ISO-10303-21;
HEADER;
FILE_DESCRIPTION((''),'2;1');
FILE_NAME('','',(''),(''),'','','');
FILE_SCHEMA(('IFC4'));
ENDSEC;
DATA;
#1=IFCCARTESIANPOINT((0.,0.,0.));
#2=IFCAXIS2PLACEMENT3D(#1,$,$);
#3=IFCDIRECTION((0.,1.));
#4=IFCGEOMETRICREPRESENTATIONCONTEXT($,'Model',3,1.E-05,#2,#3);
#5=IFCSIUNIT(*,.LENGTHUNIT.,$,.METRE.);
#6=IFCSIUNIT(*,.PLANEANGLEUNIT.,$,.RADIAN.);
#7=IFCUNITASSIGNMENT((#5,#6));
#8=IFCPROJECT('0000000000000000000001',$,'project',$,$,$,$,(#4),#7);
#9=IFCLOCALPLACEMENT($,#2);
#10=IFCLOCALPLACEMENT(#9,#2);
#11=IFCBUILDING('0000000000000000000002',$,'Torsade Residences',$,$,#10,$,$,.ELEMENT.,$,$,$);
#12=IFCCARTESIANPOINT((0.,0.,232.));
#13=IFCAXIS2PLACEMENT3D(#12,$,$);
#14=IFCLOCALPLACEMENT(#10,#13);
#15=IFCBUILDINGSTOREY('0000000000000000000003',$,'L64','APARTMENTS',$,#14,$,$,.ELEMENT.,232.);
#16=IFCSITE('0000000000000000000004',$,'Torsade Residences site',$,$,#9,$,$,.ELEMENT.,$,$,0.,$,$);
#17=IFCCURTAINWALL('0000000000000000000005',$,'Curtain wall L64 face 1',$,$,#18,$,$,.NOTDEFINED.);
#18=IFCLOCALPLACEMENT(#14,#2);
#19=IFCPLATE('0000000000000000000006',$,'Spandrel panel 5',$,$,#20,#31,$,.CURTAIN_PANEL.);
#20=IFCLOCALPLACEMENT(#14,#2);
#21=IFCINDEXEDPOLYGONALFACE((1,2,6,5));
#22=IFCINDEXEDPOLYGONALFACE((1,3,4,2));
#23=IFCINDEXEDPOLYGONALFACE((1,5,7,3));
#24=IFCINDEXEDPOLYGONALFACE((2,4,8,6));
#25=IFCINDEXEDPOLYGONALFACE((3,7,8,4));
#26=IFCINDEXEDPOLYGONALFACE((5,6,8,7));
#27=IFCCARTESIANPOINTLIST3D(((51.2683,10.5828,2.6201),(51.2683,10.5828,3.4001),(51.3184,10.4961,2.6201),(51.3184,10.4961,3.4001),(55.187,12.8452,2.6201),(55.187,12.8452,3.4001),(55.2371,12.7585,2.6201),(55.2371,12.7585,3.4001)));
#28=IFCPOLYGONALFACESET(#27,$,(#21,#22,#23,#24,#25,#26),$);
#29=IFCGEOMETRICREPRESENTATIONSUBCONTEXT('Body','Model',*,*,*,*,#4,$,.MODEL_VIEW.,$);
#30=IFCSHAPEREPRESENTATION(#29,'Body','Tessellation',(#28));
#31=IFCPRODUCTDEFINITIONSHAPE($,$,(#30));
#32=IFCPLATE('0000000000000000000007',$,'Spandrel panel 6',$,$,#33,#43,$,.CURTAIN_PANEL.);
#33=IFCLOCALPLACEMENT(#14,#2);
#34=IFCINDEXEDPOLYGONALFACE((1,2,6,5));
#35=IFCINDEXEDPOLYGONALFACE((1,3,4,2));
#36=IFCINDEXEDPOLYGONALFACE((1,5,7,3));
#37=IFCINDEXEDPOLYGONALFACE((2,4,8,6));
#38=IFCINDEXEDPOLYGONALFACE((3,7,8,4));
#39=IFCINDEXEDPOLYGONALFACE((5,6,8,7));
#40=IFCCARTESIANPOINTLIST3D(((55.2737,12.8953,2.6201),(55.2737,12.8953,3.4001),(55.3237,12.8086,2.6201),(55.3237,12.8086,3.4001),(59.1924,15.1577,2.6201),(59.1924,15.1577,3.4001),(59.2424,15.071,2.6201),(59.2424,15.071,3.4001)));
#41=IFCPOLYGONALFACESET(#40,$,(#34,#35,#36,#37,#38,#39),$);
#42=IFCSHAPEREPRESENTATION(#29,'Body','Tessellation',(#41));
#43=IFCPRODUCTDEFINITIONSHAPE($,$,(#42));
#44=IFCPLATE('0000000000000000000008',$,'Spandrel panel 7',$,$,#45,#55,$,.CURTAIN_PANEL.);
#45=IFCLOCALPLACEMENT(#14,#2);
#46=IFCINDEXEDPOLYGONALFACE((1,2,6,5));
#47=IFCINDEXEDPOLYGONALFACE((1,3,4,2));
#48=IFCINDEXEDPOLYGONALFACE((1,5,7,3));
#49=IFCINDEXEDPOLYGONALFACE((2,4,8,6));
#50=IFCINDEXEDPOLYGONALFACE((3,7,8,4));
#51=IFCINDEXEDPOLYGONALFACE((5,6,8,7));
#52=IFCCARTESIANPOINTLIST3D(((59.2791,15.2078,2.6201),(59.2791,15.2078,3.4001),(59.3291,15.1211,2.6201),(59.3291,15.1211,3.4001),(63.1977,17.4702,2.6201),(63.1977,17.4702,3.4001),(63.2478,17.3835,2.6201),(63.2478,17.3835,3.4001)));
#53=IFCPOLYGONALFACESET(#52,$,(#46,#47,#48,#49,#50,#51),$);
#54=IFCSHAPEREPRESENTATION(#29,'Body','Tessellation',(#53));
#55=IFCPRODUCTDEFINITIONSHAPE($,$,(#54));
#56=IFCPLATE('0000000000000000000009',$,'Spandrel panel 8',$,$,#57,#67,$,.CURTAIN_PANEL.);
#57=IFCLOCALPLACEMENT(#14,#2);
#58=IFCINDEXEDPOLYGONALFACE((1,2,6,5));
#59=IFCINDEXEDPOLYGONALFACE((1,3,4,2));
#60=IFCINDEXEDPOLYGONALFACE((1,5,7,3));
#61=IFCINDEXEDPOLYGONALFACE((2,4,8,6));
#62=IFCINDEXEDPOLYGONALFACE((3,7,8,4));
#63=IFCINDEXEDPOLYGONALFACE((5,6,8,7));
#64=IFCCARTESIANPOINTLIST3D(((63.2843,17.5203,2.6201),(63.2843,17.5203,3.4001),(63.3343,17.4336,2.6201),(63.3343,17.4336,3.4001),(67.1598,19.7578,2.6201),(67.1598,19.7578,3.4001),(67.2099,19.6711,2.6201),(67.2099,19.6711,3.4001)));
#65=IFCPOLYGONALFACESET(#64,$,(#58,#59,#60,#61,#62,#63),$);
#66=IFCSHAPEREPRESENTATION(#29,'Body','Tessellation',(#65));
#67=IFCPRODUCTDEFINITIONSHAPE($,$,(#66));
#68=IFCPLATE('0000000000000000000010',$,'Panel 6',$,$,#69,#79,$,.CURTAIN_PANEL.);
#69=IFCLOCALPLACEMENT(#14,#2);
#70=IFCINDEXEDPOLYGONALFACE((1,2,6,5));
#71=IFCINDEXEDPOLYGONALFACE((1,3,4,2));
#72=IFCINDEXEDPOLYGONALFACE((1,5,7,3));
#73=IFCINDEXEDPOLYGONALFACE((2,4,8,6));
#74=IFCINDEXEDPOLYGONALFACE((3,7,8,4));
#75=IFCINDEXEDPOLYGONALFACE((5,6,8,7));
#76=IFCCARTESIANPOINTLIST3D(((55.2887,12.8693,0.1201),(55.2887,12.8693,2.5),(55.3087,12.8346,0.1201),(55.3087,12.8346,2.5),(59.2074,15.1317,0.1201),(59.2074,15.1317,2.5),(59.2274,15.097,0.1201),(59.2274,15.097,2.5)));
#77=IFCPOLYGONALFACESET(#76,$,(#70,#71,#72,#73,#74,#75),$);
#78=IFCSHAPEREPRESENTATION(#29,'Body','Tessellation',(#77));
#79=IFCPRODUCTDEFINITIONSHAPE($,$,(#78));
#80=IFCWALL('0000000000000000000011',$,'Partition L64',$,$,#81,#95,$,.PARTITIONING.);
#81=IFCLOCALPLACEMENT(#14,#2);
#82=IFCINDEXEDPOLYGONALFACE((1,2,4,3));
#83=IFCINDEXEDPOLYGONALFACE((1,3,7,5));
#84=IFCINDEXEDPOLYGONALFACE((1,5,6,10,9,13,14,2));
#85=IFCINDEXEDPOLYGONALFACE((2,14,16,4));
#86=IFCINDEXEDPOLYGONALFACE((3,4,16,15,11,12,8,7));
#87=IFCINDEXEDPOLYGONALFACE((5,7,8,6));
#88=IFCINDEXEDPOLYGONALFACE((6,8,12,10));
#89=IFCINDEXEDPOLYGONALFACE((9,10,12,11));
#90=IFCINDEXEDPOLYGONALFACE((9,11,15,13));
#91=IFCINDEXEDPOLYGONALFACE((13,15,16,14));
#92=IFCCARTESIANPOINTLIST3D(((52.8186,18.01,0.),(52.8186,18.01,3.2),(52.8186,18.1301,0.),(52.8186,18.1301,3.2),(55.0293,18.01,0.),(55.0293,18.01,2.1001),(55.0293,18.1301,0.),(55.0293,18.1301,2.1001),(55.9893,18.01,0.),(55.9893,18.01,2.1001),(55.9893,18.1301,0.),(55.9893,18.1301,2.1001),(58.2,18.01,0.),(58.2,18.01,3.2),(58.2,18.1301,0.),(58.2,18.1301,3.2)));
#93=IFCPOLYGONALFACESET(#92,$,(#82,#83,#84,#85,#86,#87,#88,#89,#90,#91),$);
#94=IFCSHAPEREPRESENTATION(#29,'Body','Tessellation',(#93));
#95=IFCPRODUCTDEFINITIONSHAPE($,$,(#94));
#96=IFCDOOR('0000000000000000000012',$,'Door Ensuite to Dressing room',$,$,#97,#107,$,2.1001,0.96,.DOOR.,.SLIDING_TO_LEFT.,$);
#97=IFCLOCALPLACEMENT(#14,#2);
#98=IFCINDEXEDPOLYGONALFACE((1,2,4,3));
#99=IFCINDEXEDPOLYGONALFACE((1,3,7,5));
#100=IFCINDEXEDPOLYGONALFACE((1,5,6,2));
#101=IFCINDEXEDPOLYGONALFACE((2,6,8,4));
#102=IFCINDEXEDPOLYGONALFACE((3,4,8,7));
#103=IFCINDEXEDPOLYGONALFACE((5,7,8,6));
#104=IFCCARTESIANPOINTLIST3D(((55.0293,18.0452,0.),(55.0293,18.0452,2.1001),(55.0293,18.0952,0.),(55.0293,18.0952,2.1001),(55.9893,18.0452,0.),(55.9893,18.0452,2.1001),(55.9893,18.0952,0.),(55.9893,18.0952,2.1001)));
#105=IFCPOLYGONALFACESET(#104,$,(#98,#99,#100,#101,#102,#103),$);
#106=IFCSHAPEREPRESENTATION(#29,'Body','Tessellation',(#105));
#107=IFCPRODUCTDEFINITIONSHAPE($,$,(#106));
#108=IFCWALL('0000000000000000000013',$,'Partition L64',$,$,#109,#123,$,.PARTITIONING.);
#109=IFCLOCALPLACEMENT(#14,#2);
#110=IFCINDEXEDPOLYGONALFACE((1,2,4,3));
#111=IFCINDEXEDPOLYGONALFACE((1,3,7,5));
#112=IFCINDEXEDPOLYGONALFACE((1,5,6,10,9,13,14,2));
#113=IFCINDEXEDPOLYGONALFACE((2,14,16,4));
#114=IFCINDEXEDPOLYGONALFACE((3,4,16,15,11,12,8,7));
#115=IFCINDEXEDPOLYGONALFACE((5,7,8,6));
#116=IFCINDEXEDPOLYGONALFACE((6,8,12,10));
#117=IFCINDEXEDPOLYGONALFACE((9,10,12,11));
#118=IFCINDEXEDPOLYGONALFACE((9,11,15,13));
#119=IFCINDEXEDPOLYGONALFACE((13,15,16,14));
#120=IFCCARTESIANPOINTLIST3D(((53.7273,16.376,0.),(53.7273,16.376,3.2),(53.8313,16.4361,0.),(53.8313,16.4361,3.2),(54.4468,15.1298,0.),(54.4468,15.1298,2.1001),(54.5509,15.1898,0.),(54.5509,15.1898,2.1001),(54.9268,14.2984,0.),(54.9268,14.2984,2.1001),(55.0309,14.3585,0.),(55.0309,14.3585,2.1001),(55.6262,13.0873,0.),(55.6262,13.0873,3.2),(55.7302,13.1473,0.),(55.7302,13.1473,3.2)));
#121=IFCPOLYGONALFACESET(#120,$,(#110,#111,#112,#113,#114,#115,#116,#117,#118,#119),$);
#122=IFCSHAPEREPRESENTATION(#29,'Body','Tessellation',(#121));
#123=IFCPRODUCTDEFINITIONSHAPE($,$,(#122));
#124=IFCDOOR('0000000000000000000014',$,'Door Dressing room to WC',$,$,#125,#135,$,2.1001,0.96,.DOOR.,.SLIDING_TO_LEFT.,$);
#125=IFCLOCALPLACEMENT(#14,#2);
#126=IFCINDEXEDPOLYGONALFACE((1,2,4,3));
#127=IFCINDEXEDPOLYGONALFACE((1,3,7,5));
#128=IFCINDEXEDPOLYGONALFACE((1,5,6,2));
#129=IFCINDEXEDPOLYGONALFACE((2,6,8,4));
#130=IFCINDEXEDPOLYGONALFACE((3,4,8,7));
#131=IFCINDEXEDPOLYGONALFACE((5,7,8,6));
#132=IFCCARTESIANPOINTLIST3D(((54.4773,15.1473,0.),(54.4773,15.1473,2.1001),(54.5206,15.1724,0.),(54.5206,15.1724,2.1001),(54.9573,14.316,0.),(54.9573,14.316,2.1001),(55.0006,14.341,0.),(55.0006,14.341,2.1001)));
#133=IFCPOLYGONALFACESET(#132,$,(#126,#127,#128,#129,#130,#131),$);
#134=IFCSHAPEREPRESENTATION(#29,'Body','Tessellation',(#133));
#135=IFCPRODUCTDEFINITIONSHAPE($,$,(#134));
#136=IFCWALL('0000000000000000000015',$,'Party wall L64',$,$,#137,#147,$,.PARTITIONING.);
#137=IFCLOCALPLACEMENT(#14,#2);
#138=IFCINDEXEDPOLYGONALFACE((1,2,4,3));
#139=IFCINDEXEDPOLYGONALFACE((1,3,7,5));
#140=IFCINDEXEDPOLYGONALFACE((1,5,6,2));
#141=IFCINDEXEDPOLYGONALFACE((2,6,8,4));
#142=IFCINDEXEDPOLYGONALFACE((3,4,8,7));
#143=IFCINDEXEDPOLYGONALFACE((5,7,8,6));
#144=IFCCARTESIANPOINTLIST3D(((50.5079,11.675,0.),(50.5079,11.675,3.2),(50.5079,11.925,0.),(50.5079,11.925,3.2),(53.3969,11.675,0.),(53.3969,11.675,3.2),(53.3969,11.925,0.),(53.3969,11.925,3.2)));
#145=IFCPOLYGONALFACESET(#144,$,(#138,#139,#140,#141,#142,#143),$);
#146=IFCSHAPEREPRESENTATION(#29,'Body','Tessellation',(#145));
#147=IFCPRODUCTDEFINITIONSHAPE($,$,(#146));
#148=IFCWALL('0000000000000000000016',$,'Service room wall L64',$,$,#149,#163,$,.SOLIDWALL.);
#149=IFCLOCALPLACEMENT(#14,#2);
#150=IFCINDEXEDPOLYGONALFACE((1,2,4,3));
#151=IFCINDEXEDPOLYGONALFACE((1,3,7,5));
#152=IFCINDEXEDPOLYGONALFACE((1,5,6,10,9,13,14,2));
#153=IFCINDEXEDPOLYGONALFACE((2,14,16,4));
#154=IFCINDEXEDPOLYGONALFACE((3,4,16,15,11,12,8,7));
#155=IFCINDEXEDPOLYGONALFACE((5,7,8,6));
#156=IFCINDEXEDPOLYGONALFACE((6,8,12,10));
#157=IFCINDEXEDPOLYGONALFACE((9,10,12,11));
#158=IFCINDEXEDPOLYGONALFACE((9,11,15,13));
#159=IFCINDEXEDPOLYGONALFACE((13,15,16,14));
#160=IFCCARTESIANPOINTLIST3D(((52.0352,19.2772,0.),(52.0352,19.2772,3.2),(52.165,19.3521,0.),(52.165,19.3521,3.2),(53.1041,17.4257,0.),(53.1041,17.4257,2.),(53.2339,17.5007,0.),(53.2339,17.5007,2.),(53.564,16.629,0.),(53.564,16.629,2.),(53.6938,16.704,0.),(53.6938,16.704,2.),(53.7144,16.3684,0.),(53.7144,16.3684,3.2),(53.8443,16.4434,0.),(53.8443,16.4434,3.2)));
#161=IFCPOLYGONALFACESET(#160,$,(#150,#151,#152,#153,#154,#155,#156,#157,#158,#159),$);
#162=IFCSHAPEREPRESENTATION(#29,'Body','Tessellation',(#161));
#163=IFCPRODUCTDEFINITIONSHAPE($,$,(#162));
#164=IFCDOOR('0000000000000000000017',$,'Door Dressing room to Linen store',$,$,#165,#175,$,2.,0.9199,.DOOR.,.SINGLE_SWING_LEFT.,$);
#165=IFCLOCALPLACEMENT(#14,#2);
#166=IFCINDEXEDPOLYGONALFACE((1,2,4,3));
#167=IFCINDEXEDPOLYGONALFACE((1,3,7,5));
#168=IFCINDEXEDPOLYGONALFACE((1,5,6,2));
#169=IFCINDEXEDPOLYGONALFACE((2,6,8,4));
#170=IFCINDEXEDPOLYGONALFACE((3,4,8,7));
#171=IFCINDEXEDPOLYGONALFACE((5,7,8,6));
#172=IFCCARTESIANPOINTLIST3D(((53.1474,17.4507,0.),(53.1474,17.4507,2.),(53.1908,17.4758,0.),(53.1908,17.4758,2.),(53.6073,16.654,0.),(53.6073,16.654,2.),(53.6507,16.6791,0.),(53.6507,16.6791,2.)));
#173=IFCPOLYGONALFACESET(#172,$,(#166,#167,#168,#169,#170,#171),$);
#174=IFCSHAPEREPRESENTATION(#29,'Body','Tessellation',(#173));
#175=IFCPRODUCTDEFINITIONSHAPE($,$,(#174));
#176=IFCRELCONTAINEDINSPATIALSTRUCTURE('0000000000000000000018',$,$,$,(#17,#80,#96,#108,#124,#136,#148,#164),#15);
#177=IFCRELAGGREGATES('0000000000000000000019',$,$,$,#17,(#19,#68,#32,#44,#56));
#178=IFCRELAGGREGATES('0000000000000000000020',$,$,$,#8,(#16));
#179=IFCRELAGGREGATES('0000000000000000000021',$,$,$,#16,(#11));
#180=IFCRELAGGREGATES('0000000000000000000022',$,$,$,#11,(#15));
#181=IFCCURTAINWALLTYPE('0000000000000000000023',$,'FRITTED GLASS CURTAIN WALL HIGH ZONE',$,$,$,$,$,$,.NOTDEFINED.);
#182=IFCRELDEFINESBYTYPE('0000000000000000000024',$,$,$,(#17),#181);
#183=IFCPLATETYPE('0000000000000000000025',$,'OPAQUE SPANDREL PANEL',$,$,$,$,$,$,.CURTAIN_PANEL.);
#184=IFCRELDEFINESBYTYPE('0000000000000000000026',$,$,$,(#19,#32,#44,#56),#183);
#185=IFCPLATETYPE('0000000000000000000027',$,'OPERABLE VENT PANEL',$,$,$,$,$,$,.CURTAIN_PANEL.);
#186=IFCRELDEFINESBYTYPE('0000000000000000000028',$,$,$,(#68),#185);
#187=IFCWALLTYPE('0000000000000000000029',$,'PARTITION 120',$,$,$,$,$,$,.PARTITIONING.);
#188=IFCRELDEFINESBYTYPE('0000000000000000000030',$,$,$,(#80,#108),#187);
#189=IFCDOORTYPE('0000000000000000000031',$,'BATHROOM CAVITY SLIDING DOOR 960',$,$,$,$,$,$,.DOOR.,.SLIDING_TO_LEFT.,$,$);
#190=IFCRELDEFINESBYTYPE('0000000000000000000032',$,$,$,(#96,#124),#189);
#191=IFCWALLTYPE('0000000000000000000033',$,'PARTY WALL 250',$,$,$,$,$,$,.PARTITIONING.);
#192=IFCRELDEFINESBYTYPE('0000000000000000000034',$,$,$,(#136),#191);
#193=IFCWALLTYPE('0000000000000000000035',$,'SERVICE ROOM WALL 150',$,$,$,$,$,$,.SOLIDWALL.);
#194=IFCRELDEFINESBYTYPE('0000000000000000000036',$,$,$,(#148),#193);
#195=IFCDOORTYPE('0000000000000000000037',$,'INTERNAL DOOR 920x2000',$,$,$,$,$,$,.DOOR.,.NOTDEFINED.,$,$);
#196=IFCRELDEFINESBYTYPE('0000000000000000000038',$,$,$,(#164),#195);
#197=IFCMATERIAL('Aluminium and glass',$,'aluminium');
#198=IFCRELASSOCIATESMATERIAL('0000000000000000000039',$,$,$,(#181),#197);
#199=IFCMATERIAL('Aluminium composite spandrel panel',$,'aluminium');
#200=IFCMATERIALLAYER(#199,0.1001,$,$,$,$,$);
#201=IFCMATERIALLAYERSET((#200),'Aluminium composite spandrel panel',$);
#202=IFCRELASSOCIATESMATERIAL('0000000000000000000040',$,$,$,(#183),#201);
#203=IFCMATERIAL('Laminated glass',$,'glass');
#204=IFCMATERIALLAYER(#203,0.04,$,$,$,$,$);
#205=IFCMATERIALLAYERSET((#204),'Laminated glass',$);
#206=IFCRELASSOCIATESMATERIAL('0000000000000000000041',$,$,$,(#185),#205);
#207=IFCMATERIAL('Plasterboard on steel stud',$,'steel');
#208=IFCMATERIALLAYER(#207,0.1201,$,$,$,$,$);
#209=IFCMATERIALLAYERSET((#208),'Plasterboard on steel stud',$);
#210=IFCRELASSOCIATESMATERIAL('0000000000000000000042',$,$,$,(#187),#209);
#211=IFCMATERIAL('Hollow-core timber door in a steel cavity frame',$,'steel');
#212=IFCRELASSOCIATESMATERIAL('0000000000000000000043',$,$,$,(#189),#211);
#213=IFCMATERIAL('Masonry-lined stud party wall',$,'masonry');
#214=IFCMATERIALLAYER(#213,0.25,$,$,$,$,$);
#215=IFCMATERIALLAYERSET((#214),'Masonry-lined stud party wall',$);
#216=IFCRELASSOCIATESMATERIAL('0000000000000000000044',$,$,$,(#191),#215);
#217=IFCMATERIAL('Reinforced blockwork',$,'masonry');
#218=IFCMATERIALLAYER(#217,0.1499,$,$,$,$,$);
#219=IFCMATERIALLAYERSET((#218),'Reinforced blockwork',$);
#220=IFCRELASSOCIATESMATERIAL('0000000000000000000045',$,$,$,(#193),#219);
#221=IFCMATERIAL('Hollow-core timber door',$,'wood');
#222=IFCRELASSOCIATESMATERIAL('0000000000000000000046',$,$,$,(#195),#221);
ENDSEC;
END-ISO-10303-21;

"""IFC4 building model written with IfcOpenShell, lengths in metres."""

from ifc_helpers import new_model, si_unit, direction, frame, frame_2d, origin, origin_2d, place, context, subcontext, project, spatial, rectangle, extrude, material, layer, layer_set, type_object, element, fill, aggregate, save


model = new_model("IFC4")

# Units and contexts
model_context = context("Model", 3, precision=1e-05, world=origin(), true_north=direction((0.0, 1.0)))
body_context = subcontext(model_context, "Body", "Model", "MODEL_VIEW")
ifc_project = project(units=[si_unit("LENGTHUNIT", "METRE"), si_unit("PLANEANGLEUNIT", "RADIAN")], contexts=[model_context])

# Site, building, storey
site_placement = place(None, origin())
site = spatial("IfcSite", under=ifc_project, at=site_placement, Name="Torsade Residences site", CompositionType="ELEMENT", RefElevation=0.0)
building_placement = place(site_placement, origin())
building = spatial("IfcBuilding", under=site, at=building_placement, Name="Torsade Residences", CompositionType="ELEMENT")
storey_placement = place(building_placement, frame((0.0, 0.0, 232.0)))
storey = spatial("IfcBuildingStorey", under=building, at=storey_placement, Name="L64", Description="APARTMENTS", CompositionType="ELEMENT", Elevation=232.0)

# Curtain wall
ifc_material_1 = material(Name="Aluminium and glass", Category="aluminium")
curtain_wall_type = type_object("IfcCurtainWallType", Name="FRITTED GLASS CURTAIN WALL HIGH ZONE", PredefinedType="NOTDEFINED", material=ifc_material_1)
curtain_wall_placement = place(storey_placement, origin())
curtain_wall = element("IfcCurtainWall", 1, at=curtain_wall_placement, inside=storey, type_object=curtain_wall_type, Name="Curtain wall L64 face 1", PredefinedType="NOTDEFINED")

# Plates
ifc_material_2 = material(Name="Aluminium composite spandrel panel", Category="aluminium")
ifc_layer_1 = layer(ifc_material_2, 0.1001)
ifc_layer_set_1 = layer_set([ifc_layer_1], Name="Aluminium composite spandrel panel")
plate_type_1 = type_object("IfcPlateType", Name="OPAQUE SPANDREL PANEL", PredefinedType="CURTAIN_PANEL", material=ifc_layer_set_1)
plate_1_placement = place(storey_placement, frame((53.2527, 11.6707, 2.6201), z_axis=(0.0, 0.0, 1.0), x_axis=(0.866025, 0.5, 0.0)))
plate_1 = element("IfcPlate", 2, at=plate_1_placement, type_object=plate_type_1, Name="Spandrel panel 5", PredefinedType="CURTAIN_PANEL", context=body_context, shape_type="SweptSolid", body=[
    extrude(rectangle(XDim=4.5249, YDim=0.1001, at=origin_2d()), origin(), (0.0, 0.0, 1.0), 0.78),
])
plate_2_placement = place(storey_placement, frame((57.2581, 13.9832, 2.6201), z_axis=(0.0, 0.0, 1.0), x_axis=(0.866025, 0.5, 0.0)))
plate_2 = element("IfcPlate", 3, at=plate_2_placement, type_object=plate_type_1, Name="Spandrel panel 6", PredefinedType="CURTAIN_PANEL", context=body_context, shape_type="SweptSolid", body=[
    extrude(rectangle(XDim=4.5249, YDim=0.1001, at=origin_2d()), origin(), (0.0, 0.0, 1.0), 0.78),
])
plate_3_placement = place(storey_placement, frame((61.2634, 16.2957, 2.6201), z_axis=(0.0, 0.0, 1.0), x_axis=(0.866025, 0.5, 0.0)))
plate_3 = element("IfcPlate", 4, at=plate_3_placement, type_object=plate_type_1, Name="Spandrel panel 7", PredefinedType="CURTAIN_PANEL", context=body_context, shape_type="SweptSolid", body=[
    extrude(rectangle(XDim=4.5249, YDim=0.1001, at=origin_2d()), origin(), (0.0, 0.0, 1.0), 0.78),
])
plate_4_placement = place(storey_placement, frame((65.2471, 18.5957, 2.6201), z_axis=(0.0, 0.0, 1.0), x_axis=(0.866025, 0.5, 0.0)))
plate_4 = element("IfcPlate", 5, at=plate_4_placement, type_object=plate_type_1, Name="Spandrel panel 8", PredefinedType="CURTAIN_PANEL", context=body_context, shape_type="SweptSolid", body=[
    extrude(rectangle(XDim=4.4751, YDim=0.1001, at=origin_2d()), origin(), (0.0, 0.0, 1.0), 0.78),
])
ifc_material_3 = material(Name="Laminated glass", Category="glass")
ifc_layer_2 = layer(ifc_material_3, 0.04)
ifc_layer_set_2 = layer_set([ifc_layer_2], Name="Laminated glass")
plate_type_2 = type_object("IfcPlateType", Name="OPERABLE VENT PANEL", PredefinedType="CURTAIN_PANEL", material=ifc_layer_set_2)
plate_5_placement = place(storey_placement, frame((57.2581, 13.9832, 0.1201), z_axis=(0.0, 0.0, 1.0), x_axis=(0.866025, 0.5, 0.0)))
plate_5 = element("IfcPlate", 6, at=plate_5_placement, type_object=plate_type_2, Name="Panel 6", PredefinedType="CURTAIN_PANEL", context=body_context, shape_type="SweptSolid", body=[
    extrude(rectangle(XDim=4.5249, YDim=0.04, at=origin_2d()), origin(), (0.0, 0.0, 1.0), 2.3799),
])
aggregate(curtain_wall, [plate_1, plate_5, plate_2, plate_3, plate_4])

# Walls, openings, doors
ifc_material_4 = material(Name="Plasterboard on steel stud", Category="steel")
ifc_layer_3 = layer(ifc_material_4, 0.1201)
ifc_layer_set_3 = layer_set([ifc_layer_3], Name="Plasterboard on steel stud")
wall_type_1 = type_object("IfcWallType", Name="PARTITION 120", PredefinedType="PARTITIONING", material=ifc_layer_set_3)
wall_1_placement = place(storey_placement, frame((58.2, 18.0701, 0.0), z_axis=(0.0, 0.0, 1.0), x_axis=(-1.0, 0.0, 0.0)))
wall_1 = element("IfcWall", 7, at=wall_1_placement, inside=storey, type_object=wall_type_1, Name="Partition L64", PredefinedType="PARTITIONING", context=body_context, shape_type="SweptSolid", body=[
    extrude(rectangle(XDim=5.3813, YDim=0.1201, at=frame_2d((2.6907, 0.0))), origin(), (0.0, 0.0, 1.0), 3.2),
])
opening_1_placement = place(wall_1_placement, frame((2.2107, 0.0, 0.0)))
opening_1 = element("IfcOpeningElement", 8, at=opening_1_placement, cuts=wall_1, PredefinedType="OPENING", context=body_context, shape_type="SweptSolid", body=[
    extrude(rectangle(XDim=0.96, YDim=2.1001, at=frame_2d((0.48, 1.05))), frame((0.0, 0.0701, 0.0), z_axis=(0.0, -1.0, 0.0), x_axis=(1.0, 0.0, 0.0)), (0.0, 0.0, 1.0), 0.1401),
])
ifc_material_5 = material(Name="Hollow-core timber door in a steel cavity frame", Category="steel")
door_type_1 = type_object("IfcDoorType", Name="BATHROOM CAVITY SLIDING DOOR 960", OperationType="SLIDING_TO_LEFT", PredefinedType="DOOR", material=ifc_material_5)
door_1_placement = place(opening_1_placement, origin())
door_1 = element("IfcDoor", 9, at=door_1_placement, inside=storey, type_object=door_type_1, Name="Door Ensuite to Dressing room", OperationType="SLIDING_TO_LEFT", OverallHeight=2.1001, OverallWidth=0.96, PredefinedType="DOOR", context=body_context, shape_type="SweptSolid", body=[
    extrude(rectangle(XDim=0.96, YDim=2.1001, at=frame_2d((0.48, 1.05))), frame((0.0, 0.0249, 0.0), z_axis=(0.0, -1.0, 0.0), x_axis=(1.0, 0.0, 0.0)), (0.0, 0.0, 1.0), 0.05),
])
fill(opening_1, door_1)
wall_2_placement = place(storey_placement, frame((55.6782, 13.1172, 0.0), z_axis=(0.0, 0.0, 1.0), x_axis=(-0.500025, 0.866011, 0.0)))
wall_2 = element("IfcWall", 10, at=wall_2_placement, inside=storey, type_object=wall_type_1, Name="Partition L64", PredefinedType="PARTITIONING", context=body_context, shape_type="SweptSolid", body=[
    extrude(rectangle(XDim=3.7976, YDim=0.1201, at=frame_2d((1.8989, 0.0))), origin(), (0.0, 0.0, 1.0), 3.2),
])
opening_2_placement = place(wall_2_placement, frame((1.3987, 0.0, 0.0)))
opening_2 = element("IfcOpeningElement", 11, at=opening_2_placement, cuts=wall_2, PredefinedType="OPENING", context=body_context, shape_type="SweptSolid", body=[
    extrude(rectangle(XDim=0.96, YDim=2.1001, at=frame_2d((0.48, 1.05))), frame((0.0, 0.0701, 0.0), z_axis=(0.0, -1.0, 0.0), x_axis=(1.0, 0.0, 0.0)), (0.0, 0.0, 1.0), 0.1401),
])
door_2_placement = place(opening_2_placement, origin())
door_2 = element("IfcDoor", 12, at=door_2_placement, inside=storey, type_object=door_type_1, Name="Door Dressing room to WC", OperationType="SLIDING_TO_LEFT", OverallHeight=2.1001, OverallWidth=0.96, PredefinedType="DOOR", context=body_context, shape_type="SweptSolid", body=[
    extrude(rectangle(XDim=0.96, YDim=2.1001, at=frame_2d((0.48, 1.05))), frame((0.0, 0.0249, 0.0), z_axis=(0.0, -1.0, 0.0), x_axis=(1.0, 0.0, 0.0)), (0.0, 0.0, 1.0), 0.05),
])
fill(opening_2, door_2)

# Wall
ifc_material_6 = material(Name="Masonry-lined stud party wall", Category="masonry")
ifc_layer_4 = layer(ifc_material_6, 0.25)
ifc_layer_set_4 = layer_set([ifc_layer_4], Name="Masonry-lined stud party wall")
wall_type_2 = type_object("IfcWallType", Name="PARTY WALL 250", PredefinedType="PARTITIONING", material=ifc_layer_set_4)
wall_3_placement = place(storey_placement, frame((53.3967, 11.8, 0.0), z_axis=(0.0, 0.0, 1.0), x_axis=(-1.0, 0.0, 0.0)))
element("IfcWall", 13, at=wall_3_placement, inside=storey, type_object=wall_type_2, Name="Party wall L64", PredefinedType="PARTITIONING", context=body_context, shape_type="SweptSolid", body=[
    extrude(rectangle(XDim=2.8889, YDim=0.25, at=frame_2d((1.4443, 0.0))), origin(), (0.0, 0.0, 1.0), 3.2),
])

# Wall, opening, door
ifc_material_7 = material(Name="Reinforced blockwork", Category="masonry")
ifc_layer_5 = layer(ifc_material_7, 0.1499)
ifc_layer_set_5 = layer_set([ifc_layer_5], Name="Reinforced blockwork")
wall_type_3 = type_object("IfcWallType", Name="SERVICE ROOM WALL 150", PredefinedType="SOLIDWALL", material=ifc_layer_set_5)
wall_4_placement = place(storey_placement, frame((53.7793, 16.406, 0.0), z_axis=(0.0, 0.0, 1.0), x_axis=(-0.49997, 0.866043, 0.0)))
wall_4 = element("IfcWall", 14, at=wall_4_placement, inside=storey, type_object=wall_type_3, Name="Service room wall L64", PredefinedType="SOLIDWALL", context=body_context, shape_type="SweptSolid", body=[
    extrude(rectangle(XDim=3.3586, YDim=0.1499, at=frame_2d((1.6792, 0.0))), origin(), (0.0, 0.0, 1.0), 3.2),
])
opening_3_placement = place(wall_4_placement, frame((0.3008, 0.0, 0.0)))
opening_3 = element("IfcOpeningElement", 15, at=opening_3_placement, cuts=wall_4, PredefinedType="OPENING", context=body_context, shape_type="SweptSolid", body=[
    extrude(rectangle(XDim=0.9199, YDim=2.0, at=frame_2d((0.46, 1.0))), frame((0.0, 0.085, 0.0), z_axis=(0.0, -1.0, 0.0), x_axis=(1.0, 0.0, 0.0)), (0.0, 0.0, 1.0), 0.1699),
])
ifc_material_8 = material(Name="Hollow-core timber door", Category="wood")
door_type_2 = type_object("IfcDoorType", Name="INTERNAL DOOR 920x2000", OperationType="NOTDEFINED", PredefinedType="DOOR", material=ifc_material_8)
door_3_placement = place(opening_3_placement, origin())
door_3 = element("IfcDoor", 16, at=door_3_placement, inside=storey, type_object=door_type_2, Name="Door Dressing room to Linen store", OperationType="SINGLE_SWING_LEFT", OverallHeight=2.0, OverallWidth=0.9199, PredefinedType="DOOR", context=body_context, shape_type="SweptSolid", body=[
    extrude(rectangle(XDim=0.9199, YDim=2.0, at=frame_2d((0.46, 1.0))), frame((0.0, 0.0249, 0.0), z_axis=(0.0, -1.0, 0.0), x_axis=(1.0, 0.0, 0.0)), (0.0, 0.0, 1.0), 0.05),
])
fill(opening_3, door_3)

save(model, "model.ifc")
